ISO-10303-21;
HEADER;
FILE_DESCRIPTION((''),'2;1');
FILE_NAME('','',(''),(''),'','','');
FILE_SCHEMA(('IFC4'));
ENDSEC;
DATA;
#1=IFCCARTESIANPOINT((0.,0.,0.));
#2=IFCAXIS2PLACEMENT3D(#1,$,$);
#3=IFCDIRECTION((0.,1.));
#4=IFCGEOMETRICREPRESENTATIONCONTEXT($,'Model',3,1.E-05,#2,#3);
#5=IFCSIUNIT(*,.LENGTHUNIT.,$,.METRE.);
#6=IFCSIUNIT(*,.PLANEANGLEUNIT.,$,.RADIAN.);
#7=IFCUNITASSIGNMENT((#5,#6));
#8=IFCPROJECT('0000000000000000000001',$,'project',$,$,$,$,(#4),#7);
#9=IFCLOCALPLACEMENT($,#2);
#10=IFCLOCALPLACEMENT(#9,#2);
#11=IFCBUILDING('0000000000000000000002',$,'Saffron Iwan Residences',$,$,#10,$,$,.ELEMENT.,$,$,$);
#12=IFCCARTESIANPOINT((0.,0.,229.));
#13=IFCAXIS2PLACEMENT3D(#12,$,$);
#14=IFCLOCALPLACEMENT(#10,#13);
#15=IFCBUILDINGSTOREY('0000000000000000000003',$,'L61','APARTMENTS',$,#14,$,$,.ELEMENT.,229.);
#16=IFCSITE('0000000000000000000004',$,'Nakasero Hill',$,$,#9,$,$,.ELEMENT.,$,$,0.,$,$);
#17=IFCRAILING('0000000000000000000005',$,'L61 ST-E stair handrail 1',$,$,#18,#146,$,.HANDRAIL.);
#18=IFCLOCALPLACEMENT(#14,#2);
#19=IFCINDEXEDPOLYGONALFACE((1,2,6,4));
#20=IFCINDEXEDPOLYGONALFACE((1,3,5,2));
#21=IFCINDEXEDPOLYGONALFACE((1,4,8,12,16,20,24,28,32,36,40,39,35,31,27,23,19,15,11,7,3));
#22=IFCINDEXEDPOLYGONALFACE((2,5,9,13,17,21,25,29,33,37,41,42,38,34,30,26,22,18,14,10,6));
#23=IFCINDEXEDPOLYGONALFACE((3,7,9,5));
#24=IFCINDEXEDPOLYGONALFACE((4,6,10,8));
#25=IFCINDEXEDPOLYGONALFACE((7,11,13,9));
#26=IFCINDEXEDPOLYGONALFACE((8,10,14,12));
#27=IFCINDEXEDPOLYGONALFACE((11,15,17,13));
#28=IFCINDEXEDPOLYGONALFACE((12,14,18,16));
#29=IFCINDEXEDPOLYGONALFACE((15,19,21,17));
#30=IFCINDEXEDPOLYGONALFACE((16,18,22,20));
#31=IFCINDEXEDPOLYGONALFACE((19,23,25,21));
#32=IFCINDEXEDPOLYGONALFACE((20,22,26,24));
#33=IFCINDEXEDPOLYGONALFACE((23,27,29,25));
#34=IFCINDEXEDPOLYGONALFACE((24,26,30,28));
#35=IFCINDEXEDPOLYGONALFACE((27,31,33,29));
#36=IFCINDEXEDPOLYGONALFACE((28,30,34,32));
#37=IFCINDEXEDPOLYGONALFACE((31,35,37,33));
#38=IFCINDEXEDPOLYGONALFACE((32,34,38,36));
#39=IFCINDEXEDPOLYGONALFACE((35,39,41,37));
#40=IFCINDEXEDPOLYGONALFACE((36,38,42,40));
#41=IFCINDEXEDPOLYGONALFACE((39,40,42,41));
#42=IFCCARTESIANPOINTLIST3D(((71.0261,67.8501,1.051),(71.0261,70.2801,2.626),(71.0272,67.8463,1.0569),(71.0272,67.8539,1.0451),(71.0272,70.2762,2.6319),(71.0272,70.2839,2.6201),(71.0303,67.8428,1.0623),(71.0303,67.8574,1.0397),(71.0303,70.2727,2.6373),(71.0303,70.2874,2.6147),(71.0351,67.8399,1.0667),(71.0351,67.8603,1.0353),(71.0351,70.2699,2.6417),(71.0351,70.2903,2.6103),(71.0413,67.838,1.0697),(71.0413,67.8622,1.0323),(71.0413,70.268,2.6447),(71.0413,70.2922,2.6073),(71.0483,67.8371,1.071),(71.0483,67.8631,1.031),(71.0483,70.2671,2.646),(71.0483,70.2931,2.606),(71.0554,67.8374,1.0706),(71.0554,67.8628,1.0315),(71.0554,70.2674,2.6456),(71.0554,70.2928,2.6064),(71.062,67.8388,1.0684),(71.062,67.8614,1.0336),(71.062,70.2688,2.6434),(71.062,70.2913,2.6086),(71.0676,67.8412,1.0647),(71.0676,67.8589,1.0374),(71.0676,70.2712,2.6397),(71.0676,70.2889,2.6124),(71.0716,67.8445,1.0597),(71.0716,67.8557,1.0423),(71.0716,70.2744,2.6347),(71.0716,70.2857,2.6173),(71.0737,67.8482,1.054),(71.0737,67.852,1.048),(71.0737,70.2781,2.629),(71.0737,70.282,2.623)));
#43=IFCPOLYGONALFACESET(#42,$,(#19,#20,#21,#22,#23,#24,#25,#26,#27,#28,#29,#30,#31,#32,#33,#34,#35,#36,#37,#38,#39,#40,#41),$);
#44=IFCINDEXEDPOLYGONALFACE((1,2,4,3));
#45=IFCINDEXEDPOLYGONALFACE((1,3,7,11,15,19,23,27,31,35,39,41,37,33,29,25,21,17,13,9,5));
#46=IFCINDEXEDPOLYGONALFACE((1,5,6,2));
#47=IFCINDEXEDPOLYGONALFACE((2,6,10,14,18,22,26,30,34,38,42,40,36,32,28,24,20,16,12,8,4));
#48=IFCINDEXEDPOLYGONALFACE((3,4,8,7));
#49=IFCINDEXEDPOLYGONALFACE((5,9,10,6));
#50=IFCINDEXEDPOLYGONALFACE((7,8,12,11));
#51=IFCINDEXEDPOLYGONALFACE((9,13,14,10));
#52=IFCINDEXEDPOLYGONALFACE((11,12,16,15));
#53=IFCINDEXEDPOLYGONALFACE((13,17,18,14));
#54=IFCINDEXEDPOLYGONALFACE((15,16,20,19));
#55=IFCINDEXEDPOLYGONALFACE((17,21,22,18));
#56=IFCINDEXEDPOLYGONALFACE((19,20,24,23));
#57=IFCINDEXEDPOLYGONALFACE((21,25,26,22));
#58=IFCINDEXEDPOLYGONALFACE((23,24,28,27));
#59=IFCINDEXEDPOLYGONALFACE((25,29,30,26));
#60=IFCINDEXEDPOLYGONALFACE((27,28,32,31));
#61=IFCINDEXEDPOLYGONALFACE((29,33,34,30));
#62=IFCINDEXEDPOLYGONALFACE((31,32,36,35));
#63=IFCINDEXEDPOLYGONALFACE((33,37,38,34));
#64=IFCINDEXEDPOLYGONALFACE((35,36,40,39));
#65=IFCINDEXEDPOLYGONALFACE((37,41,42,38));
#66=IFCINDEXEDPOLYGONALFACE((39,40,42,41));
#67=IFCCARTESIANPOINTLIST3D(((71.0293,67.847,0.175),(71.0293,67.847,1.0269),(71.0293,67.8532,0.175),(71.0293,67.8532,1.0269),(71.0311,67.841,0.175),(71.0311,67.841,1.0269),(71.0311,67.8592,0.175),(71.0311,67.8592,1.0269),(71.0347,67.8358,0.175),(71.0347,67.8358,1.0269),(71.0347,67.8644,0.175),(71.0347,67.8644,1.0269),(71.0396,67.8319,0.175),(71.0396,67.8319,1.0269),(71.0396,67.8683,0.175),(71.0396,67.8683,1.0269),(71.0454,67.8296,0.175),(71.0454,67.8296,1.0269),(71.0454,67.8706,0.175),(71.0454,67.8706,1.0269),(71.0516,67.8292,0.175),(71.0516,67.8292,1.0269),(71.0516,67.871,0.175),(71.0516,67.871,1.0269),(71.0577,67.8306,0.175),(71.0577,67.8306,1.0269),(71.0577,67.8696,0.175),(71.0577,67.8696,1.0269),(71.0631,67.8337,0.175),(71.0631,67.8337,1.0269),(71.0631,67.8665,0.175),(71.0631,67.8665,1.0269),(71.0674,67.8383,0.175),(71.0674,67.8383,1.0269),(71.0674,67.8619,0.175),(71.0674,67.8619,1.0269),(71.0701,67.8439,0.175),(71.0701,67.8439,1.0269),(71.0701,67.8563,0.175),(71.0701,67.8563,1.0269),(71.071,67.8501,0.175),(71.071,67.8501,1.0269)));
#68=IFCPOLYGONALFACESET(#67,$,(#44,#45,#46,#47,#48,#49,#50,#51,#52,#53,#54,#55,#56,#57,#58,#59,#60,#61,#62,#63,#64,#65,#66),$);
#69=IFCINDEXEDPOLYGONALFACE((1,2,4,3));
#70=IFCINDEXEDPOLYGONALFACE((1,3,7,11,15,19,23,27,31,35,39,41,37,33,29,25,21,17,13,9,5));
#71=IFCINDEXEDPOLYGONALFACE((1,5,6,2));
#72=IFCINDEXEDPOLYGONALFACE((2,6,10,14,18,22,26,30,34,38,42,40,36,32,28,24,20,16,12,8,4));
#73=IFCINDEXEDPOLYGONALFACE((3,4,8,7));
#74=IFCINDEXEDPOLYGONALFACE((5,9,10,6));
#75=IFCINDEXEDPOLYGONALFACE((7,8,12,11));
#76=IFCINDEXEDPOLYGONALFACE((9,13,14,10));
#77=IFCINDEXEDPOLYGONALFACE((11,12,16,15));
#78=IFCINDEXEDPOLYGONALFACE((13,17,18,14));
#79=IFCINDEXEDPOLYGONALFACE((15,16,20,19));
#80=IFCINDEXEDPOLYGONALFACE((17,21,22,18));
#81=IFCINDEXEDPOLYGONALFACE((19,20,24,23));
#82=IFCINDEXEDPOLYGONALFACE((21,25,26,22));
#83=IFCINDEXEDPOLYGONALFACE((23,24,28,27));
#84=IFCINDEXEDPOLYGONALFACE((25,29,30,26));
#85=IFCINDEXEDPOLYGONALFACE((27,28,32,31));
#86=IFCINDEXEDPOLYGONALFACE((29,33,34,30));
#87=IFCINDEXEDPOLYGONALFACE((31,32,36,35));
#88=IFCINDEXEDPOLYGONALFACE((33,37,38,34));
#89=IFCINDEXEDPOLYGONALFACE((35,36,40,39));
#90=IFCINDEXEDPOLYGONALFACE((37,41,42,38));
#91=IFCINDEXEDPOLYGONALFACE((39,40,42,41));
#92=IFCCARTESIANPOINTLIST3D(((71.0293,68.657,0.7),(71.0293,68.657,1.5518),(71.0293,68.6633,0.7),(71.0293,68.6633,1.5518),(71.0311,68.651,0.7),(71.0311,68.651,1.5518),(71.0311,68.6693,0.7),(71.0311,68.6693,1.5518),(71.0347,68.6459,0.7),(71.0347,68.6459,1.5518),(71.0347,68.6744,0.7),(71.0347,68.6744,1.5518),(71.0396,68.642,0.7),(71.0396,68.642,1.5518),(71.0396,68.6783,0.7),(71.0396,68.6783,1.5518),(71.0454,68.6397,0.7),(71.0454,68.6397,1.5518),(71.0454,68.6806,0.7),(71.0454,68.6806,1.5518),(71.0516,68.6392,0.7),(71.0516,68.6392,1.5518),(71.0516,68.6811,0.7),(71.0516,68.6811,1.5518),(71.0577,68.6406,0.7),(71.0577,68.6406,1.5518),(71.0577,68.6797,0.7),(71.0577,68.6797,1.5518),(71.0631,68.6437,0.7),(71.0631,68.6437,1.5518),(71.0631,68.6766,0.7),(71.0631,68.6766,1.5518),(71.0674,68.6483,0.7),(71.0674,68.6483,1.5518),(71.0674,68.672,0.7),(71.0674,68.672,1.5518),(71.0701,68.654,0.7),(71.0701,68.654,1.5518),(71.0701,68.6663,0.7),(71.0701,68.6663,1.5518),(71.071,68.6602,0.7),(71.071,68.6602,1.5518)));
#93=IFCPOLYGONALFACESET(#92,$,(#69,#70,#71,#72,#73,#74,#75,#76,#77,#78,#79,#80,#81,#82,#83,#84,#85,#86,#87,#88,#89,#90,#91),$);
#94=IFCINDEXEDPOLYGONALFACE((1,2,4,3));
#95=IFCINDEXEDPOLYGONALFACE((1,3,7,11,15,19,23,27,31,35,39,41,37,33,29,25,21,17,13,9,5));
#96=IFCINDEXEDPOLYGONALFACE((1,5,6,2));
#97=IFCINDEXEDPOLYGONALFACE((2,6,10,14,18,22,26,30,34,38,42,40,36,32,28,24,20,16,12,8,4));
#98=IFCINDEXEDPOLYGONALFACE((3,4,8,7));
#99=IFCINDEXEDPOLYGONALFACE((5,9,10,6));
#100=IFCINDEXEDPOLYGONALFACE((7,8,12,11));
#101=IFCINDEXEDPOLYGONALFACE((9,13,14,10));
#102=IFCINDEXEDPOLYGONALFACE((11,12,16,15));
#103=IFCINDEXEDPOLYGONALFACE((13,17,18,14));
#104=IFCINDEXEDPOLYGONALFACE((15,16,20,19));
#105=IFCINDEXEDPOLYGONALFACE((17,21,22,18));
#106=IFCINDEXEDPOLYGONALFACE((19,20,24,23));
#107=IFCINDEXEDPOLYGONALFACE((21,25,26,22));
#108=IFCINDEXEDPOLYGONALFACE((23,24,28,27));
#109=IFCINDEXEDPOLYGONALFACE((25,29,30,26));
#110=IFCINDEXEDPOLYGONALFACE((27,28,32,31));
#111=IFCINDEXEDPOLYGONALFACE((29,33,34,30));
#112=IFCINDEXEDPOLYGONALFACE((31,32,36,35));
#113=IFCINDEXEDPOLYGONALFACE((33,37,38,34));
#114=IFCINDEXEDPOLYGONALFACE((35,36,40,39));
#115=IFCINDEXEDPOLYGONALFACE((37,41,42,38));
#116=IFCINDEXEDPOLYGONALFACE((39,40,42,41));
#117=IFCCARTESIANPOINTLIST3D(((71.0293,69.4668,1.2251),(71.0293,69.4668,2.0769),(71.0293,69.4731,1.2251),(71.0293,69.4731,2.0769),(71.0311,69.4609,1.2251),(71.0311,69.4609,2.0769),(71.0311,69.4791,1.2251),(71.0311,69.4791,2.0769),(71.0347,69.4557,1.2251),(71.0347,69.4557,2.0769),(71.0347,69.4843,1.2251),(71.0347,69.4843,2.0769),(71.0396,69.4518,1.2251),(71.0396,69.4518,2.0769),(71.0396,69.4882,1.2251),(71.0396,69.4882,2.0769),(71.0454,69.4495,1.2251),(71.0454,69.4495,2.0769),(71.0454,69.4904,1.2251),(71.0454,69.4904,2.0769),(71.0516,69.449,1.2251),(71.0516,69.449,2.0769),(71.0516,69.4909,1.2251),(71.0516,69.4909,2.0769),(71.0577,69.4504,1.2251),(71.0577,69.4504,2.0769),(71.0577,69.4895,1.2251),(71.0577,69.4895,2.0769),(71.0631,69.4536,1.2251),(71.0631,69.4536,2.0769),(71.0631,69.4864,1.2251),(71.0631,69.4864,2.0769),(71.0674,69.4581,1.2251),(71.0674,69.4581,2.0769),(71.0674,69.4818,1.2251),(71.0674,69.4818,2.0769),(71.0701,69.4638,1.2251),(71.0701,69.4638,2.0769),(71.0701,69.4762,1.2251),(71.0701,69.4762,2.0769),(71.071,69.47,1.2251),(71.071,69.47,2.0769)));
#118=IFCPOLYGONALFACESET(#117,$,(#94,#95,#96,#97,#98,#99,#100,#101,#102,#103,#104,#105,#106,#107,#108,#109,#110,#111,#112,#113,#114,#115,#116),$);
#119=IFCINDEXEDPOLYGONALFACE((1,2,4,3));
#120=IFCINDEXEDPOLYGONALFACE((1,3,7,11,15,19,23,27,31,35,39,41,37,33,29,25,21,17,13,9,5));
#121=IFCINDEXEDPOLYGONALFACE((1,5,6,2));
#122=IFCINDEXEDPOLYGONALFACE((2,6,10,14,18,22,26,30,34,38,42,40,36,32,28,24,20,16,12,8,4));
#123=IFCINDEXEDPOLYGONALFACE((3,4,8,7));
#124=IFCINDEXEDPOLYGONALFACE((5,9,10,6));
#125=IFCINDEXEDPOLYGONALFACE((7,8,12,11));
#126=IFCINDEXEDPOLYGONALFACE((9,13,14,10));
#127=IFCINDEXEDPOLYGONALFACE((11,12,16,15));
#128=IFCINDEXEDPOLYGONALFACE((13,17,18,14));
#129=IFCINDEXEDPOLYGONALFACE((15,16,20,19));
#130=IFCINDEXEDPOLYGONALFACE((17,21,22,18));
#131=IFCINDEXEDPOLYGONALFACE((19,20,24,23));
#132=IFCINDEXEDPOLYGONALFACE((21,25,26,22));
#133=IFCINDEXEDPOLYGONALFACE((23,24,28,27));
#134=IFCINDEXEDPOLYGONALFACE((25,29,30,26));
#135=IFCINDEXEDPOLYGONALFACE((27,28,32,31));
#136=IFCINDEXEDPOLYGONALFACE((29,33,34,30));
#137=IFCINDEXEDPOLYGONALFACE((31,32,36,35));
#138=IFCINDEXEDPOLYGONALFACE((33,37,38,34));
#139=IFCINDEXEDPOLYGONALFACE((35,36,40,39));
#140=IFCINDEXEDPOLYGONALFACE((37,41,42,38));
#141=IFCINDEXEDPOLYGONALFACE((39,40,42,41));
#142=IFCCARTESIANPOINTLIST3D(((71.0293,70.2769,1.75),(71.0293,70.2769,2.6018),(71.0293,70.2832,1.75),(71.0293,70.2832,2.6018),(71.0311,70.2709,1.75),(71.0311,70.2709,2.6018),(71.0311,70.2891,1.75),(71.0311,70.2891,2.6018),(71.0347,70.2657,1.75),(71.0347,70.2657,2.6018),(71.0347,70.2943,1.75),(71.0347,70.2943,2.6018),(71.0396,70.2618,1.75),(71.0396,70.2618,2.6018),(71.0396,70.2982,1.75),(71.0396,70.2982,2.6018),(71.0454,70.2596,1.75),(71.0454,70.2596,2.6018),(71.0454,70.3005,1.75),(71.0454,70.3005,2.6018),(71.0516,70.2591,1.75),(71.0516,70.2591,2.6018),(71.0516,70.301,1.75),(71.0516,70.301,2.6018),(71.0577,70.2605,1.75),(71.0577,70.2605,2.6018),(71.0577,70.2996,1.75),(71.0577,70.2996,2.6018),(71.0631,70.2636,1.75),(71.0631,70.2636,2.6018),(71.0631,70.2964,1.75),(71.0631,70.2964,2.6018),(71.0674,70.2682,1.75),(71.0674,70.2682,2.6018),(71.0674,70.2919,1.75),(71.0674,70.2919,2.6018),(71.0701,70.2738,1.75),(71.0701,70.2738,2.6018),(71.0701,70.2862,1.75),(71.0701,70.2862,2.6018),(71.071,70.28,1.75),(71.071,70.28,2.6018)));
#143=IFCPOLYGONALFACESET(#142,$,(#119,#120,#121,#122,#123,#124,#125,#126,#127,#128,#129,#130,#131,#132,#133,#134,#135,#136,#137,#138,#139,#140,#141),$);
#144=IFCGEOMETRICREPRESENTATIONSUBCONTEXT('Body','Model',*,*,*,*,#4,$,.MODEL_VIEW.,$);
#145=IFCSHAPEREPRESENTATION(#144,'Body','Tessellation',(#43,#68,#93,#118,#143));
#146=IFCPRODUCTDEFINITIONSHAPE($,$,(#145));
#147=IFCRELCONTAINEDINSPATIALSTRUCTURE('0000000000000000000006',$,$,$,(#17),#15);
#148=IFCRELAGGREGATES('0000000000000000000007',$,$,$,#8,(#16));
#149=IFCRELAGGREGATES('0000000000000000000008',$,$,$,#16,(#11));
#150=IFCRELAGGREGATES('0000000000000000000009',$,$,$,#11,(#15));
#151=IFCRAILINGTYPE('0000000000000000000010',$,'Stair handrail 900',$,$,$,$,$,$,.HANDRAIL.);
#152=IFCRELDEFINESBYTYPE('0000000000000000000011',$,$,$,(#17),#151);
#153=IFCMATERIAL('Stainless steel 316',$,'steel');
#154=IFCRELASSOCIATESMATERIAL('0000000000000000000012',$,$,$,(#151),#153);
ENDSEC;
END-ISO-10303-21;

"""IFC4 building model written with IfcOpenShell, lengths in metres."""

from ifc_helpers import new_model, si_unit, direction, frame, origin, origin_2d, place, context, subcontext, project, spatial, circle, extrude, material, type_object, element, save


model = new_model("IFC4")

# Units and contexts
model_context = context("Model", 3, precision=1e-05, world=origin(), true_north=direction((0.0, 1.0)))
body_context = subcontext(model_context, "Body", "Model", "MODEL_VIEW")
ifc_project = project(units=[si_unit("LENGTHUNIT", "METRE"), si_unit("PLANEANGLEUNIT", "RADIAN")], contexts=[model_context])

# Site, building, storey
site_placement = place(None, origin())
site = spatial("IfcSite", under=ifc_project, at=site_placement, Name="Nakasero Hill", CompositionType="ELEMENT", RefElevation=0.0)
building_placement = place(site_placement, origin())
building = spatial("IfcBuilding", under=site, at=building_placement, Name="Saffron Iwan Residences", CompositionType="ELEMENT")
storey_placement = place(building_placement, frame((0.0, 0.0, 229.0)))
storey = spatial("IfcBuildingStorey", under=building, at=storey_placement, Name="L61", Description="APARTMENTS", CompositionType="ELEMENT", Elevation=229.0)

# Railing
ifc_material_1 = material(Name="Stainless steel 316", Category="steel")
railing_type_1 = type_object("IfcRailingType", Name="Stair handrail 900", PredefinedType="HANDRAIL", material=ifc_material_1)
railing_1_placement = place(storey_placement, frame((71.05, 67.8501, 0.175)))
element("IfcRailing", 1, at=railing_1_placement, inside=storey, type_object=railing_type_1, Name="L61 ST-E stair handrail 1", PredefinedType="HANDRAIL", context=body_context, shape_type="SweptSolid", body=[
    extrude(circle(Radius=0.0239, at=origin_2d()), frame((0.0, 0.0, 0.876), z_axis=(0.0, 0.839154, 0.543894), x_axis=(-1.0, 0.0, 0.0)), (0.0, 0.0, 1.0), 2.8958),
    extrude(circle(Radius=0.021, at=origin_2d()), origin(), (0.0, 0.0, 1.0), 0.8518),
    extrude(circle(Radius=0.021, at=origin_2d()), frame((0.0, 0.8101, 0.5249)), (0.0, 0.0, 1.0), 0.8518),
    extrude(circle(Radius=0.021, at=origin_2d()), frame((0.0, 1.6199, 1.05)), (0.0, 0.0, 1.0), 0.8518),
    extrude(circle(Radius=0.021, at=origin_2d()), frame((0.0, 2.4299, 1.575)), (0.0, 0.0, 1.0), 0.8518),
])

save(model, "model.ifc")
